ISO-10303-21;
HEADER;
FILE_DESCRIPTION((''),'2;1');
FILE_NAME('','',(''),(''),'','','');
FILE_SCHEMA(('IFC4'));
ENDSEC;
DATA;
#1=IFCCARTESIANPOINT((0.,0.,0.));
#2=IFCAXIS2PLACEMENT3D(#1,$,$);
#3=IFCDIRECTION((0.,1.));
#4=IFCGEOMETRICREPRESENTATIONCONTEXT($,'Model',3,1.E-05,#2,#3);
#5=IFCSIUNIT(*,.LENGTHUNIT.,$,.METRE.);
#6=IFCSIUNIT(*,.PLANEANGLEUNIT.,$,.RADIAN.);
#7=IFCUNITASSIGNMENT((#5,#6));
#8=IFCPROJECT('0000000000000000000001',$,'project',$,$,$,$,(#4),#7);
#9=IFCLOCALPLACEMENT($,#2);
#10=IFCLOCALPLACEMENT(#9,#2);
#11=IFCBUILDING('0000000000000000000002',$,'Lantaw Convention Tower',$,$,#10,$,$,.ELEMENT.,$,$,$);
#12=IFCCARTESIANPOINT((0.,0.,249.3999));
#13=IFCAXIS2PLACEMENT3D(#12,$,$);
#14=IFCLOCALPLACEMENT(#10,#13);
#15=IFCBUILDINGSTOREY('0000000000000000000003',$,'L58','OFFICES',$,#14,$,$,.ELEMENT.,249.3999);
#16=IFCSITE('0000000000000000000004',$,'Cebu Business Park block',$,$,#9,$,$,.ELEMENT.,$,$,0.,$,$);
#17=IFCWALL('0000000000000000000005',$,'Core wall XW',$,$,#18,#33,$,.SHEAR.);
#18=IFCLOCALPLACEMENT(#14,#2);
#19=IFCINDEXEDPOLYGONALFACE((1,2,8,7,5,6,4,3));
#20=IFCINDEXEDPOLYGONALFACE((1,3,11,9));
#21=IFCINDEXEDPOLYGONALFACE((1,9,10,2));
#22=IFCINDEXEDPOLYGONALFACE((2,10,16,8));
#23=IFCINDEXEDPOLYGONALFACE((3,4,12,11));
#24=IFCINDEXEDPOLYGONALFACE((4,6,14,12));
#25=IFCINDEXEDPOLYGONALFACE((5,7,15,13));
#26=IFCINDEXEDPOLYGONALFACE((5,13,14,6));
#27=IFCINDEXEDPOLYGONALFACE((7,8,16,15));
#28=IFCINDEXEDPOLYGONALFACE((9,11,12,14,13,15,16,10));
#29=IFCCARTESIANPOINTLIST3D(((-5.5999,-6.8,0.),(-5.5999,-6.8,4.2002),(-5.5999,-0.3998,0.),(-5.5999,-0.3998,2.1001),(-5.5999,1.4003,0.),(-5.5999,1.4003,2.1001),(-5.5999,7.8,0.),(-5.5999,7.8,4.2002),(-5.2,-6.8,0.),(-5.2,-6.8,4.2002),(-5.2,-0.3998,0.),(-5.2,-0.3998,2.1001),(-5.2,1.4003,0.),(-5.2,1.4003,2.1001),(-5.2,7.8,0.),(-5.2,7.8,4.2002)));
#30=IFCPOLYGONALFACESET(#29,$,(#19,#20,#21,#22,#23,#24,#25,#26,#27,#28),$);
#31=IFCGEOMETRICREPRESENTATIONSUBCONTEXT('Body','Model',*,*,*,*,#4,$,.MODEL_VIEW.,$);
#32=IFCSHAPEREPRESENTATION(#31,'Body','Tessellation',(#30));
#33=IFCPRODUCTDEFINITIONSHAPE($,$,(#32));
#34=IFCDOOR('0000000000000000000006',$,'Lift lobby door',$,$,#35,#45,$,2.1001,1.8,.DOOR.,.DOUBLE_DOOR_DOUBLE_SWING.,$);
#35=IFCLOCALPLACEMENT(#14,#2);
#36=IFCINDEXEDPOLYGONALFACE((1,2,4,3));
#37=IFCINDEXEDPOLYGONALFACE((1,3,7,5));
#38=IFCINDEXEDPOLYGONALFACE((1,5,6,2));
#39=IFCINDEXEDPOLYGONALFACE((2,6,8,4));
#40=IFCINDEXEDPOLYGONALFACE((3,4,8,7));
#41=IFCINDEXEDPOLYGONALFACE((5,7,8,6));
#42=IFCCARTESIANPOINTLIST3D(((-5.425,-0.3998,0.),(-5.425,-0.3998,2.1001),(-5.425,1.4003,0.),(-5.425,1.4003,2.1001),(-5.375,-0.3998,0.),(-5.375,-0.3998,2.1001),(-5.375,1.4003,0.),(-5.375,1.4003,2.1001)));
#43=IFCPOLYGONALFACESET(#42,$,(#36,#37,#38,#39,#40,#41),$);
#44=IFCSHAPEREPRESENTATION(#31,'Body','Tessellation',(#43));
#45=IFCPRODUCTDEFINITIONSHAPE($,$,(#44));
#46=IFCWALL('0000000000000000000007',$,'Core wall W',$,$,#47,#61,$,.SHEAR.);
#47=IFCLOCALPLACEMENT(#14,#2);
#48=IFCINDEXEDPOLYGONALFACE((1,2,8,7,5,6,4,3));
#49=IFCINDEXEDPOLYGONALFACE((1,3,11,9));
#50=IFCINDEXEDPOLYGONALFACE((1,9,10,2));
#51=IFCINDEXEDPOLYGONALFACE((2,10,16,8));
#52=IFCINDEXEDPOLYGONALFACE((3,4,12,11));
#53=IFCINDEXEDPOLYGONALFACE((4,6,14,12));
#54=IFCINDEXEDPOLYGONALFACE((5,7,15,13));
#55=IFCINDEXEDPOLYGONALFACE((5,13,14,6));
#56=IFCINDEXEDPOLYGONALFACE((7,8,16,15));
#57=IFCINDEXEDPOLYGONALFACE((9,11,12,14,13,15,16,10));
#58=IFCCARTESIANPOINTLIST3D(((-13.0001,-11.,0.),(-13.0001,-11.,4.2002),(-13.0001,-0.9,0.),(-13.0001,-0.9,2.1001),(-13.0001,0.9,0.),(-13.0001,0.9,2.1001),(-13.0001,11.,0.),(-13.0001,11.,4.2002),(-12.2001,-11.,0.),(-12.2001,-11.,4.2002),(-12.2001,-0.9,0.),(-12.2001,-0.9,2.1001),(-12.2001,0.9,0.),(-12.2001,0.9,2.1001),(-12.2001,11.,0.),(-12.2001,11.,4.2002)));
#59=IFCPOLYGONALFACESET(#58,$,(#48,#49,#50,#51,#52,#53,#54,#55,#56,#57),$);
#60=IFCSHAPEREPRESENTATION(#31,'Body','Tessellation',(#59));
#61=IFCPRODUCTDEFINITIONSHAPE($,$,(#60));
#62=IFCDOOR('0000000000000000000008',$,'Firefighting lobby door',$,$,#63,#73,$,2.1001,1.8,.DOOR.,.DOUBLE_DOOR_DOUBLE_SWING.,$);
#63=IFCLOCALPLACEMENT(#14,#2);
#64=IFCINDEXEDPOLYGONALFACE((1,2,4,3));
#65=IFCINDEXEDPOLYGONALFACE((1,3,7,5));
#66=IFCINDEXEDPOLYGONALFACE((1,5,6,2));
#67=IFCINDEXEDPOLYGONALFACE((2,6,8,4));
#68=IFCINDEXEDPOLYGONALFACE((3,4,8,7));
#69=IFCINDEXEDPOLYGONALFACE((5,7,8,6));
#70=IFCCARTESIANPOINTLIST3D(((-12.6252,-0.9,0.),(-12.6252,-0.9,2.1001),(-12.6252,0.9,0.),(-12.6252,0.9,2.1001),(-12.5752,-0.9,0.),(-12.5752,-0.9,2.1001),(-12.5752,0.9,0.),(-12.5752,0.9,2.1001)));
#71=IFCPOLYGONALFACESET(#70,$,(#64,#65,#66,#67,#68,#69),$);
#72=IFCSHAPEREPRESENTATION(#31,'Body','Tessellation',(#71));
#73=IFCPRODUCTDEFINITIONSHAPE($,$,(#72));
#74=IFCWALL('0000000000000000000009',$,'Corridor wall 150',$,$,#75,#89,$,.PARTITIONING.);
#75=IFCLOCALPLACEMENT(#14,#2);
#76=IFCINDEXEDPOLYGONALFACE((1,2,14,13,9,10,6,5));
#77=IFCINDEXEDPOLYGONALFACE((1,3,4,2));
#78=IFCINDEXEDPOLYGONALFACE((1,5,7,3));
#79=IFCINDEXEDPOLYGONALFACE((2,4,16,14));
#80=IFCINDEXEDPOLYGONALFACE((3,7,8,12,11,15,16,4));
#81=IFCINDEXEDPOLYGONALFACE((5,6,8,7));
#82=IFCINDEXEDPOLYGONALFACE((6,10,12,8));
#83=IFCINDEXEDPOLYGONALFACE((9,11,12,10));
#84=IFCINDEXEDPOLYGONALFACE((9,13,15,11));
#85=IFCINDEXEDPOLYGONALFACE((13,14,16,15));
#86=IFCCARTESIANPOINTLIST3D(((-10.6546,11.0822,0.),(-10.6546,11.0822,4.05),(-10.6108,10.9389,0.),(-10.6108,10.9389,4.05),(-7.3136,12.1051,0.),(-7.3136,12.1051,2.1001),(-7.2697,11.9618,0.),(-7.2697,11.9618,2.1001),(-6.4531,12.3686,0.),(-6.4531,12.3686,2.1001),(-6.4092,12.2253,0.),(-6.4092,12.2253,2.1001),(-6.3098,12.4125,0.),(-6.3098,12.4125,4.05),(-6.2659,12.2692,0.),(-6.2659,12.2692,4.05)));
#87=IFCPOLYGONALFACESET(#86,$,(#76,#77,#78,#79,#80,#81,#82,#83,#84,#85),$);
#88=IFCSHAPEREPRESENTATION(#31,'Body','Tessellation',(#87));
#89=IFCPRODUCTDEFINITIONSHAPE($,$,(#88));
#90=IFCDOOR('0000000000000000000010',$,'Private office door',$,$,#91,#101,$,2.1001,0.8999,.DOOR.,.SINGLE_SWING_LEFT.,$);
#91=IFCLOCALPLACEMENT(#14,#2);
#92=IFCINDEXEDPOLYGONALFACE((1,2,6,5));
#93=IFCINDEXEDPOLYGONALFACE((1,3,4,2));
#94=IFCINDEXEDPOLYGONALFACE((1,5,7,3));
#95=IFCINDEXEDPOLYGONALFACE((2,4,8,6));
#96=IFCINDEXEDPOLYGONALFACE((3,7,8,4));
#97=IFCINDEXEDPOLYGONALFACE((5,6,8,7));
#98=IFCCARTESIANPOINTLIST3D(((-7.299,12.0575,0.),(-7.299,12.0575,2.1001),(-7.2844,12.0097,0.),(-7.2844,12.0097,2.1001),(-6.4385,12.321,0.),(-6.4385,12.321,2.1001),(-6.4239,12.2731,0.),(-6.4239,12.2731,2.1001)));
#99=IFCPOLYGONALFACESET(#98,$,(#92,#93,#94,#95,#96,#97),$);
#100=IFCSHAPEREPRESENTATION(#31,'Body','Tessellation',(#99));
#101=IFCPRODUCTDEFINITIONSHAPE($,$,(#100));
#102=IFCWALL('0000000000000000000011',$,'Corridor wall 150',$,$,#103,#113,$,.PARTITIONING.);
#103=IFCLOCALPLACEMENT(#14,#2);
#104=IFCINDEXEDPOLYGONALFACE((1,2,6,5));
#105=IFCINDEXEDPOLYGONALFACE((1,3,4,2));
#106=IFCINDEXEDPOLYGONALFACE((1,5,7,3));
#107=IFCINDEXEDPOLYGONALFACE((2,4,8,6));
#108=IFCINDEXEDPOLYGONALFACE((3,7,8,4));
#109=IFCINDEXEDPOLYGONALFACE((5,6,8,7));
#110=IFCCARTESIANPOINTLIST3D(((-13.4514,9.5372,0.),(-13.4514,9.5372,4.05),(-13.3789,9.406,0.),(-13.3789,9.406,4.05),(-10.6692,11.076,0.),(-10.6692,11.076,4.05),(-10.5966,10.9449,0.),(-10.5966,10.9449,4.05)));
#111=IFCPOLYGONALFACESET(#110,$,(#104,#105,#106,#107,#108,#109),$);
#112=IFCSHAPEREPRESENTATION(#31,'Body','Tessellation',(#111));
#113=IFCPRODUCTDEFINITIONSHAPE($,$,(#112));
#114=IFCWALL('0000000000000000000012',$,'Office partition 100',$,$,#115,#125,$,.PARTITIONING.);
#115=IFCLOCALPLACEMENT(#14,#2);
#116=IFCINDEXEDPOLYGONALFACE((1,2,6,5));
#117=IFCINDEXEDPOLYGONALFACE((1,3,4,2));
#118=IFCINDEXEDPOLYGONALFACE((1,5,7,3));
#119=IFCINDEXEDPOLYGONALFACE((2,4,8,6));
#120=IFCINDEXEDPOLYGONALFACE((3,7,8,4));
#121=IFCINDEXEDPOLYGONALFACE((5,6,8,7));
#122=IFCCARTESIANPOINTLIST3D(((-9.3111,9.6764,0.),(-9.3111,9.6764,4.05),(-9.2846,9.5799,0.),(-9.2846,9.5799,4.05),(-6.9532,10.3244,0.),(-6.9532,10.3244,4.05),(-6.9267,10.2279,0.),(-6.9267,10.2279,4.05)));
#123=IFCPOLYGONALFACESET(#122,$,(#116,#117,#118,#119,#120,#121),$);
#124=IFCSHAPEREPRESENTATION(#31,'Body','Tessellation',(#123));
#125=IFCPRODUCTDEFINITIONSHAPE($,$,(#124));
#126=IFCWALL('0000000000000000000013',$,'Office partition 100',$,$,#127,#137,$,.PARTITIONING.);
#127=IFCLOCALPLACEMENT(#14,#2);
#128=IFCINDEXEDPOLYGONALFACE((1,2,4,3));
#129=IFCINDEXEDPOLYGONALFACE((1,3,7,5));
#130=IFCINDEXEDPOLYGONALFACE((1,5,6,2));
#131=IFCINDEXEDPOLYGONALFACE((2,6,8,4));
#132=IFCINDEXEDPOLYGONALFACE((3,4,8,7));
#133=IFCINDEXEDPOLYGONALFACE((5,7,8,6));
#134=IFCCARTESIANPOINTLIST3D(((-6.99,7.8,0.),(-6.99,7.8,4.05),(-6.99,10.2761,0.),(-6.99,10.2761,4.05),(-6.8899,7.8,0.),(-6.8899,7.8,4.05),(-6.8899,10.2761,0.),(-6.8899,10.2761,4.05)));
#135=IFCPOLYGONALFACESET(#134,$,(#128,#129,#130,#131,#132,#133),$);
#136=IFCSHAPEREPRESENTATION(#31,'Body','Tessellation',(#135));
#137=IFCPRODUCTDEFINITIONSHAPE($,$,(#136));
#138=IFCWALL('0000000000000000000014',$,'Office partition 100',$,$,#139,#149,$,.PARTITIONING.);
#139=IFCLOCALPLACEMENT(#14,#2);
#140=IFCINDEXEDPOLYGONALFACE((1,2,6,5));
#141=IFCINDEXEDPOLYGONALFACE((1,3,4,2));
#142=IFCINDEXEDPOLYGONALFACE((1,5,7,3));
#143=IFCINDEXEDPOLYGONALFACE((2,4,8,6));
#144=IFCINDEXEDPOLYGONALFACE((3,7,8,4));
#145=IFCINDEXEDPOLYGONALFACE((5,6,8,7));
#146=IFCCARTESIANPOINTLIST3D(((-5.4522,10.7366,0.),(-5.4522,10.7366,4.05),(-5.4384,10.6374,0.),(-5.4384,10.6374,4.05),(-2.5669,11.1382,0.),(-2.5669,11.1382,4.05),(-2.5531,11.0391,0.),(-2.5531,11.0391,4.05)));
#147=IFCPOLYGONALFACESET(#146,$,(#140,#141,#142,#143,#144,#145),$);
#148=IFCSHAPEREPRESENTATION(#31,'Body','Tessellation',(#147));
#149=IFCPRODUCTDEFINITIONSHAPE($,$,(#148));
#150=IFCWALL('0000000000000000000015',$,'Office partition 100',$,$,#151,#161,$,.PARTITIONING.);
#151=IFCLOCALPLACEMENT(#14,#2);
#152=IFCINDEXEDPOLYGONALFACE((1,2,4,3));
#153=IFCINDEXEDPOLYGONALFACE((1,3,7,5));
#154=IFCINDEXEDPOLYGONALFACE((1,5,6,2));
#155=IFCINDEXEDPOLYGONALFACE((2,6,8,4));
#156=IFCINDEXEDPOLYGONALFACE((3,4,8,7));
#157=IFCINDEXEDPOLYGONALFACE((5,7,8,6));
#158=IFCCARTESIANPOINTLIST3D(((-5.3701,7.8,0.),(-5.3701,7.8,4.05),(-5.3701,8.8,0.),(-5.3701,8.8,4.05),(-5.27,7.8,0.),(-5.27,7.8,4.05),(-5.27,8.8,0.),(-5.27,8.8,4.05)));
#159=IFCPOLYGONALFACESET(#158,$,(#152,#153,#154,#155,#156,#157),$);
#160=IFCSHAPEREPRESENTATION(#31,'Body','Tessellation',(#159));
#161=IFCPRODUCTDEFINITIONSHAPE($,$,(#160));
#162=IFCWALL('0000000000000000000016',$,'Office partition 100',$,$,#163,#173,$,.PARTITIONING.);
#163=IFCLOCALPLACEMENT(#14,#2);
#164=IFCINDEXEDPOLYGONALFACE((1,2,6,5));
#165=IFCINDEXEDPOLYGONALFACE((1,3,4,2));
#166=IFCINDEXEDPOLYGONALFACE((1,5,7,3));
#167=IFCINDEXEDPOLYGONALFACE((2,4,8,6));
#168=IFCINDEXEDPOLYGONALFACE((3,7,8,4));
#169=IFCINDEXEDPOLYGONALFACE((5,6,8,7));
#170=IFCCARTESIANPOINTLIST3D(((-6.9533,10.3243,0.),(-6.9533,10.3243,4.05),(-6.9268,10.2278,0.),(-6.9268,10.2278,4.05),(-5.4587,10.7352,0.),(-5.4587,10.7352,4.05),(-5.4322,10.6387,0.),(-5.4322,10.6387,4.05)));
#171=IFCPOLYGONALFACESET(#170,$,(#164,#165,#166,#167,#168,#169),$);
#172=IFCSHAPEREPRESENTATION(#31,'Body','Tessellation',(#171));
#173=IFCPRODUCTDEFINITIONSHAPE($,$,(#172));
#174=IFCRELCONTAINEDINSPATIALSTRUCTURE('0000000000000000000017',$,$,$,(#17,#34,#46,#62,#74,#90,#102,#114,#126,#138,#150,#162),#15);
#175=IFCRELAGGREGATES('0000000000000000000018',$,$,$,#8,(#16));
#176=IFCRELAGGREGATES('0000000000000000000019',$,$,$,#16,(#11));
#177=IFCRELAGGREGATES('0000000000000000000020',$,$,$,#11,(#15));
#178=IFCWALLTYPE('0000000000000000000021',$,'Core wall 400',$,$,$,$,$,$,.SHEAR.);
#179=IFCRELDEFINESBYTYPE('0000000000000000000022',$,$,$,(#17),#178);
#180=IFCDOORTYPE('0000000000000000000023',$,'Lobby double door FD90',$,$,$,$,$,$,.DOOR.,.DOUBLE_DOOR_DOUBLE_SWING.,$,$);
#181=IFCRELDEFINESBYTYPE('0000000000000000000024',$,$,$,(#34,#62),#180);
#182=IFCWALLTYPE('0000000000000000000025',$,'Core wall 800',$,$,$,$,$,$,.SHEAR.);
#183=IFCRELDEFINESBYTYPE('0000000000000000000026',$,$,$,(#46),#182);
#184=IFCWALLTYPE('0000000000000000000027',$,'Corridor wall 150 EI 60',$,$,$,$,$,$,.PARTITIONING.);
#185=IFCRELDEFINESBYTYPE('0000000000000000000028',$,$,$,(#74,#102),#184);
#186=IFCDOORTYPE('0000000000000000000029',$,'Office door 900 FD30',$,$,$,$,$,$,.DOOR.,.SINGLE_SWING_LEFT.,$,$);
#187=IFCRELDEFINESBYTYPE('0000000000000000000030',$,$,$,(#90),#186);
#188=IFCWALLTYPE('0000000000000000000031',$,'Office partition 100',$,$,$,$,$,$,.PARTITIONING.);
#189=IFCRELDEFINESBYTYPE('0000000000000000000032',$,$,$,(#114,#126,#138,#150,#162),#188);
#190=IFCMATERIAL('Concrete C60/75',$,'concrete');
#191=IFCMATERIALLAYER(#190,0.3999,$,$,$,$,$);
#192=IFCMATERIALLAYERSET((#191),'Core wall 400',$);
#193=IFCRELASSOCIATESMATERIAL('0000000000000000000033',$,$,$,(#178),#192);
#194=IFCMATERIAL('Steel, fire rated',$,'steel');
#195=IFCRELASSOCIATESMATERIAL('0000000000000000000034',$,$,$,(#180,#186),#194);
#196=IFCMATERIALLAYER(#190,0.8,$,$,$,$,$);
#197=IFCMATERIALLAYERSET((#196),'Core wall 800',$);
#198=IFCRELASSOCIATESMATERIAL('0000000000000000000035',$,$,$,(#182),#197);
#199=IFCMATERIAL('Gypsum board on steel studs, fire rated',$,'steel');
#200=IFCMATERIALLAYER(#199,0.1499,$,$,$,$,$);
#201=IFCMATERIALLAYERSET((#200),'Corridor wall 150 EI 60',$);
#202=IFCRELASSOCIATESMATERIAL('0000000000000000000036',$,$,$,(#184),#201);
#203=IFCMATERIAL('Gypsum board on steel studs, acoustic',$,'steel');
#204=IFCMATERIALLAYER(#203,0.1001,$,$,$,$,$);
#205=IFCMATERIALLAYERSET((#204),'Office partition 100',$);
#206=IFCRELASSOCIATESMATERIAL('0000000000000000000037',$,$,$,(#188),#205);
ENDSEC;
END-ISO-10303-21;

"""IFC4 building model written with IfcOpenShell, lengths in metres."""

from ifc_helpers import new_model, si_unit, direction, frame, frame_2d, origin, place, context, subcontext, project, spatial, rectangle, extrude, material, layer, layer_set, type_object, element, fill, save


model = new_model("IFC4")

# Units and contexts
model_context = context("Model", 3, precision=1e-05, world=origin(), true_north=direction((0.0, 1.0)))
body_context = subcontext(model_context, "Body", "Model", "MODEL_VIEW")
ifc_project = project(units=[si_unit("LENGTHUNIT", "METRE"), si_unit("PLANEANGLEUNIT", "RADIAN")], contexts=[model_context])

# Site, building, storey
site_placement = place(None, origin())
site = spatial("IfcSite", under=ifc_project, at=site_placement, Name="Cebu Business Park block", CompositionType="ELEMENT", RefElevation=0.0)
building_placement = place(site_placement, origin())
building = spatial("IfcBuilding", under=site, at=building_placement, Name="Lantaw Convention Tower", CompositionType="ELEMENT")
storey_placement = place(building_placement, frame((0.0, 0.0, 249.3999)))
storey = spatial("IfcBuildingStorey", under=building, at=storey_placement, Name="L58", Description="OFFICES", CompositionType="ELEMENT", Elevation=249.3999)

# Shared definitions
ifc_material_1 = material(Name="Concrete C60/75", Category="concrete")

# Walls, openings, doors
ifc_layer_1 = layer(ifc_material_1, 0.3999)
ifc_layer_set_1 = layer_set([ifc_layer_1], Name="Core wall 400")
wall_type_1 = type_object("IfcWallType", Name="Core wall 400", PredefinedType="SHEAR", material=ifc_layer_set_1)
wall_1_placement = place(storey_placement, frame((-5.3999, 7.8, 0.0), z_axis=(0.0, 0.0, 1.0), x_axis=(0.0, -1.0, 0.0)))
wall_1 = element("IfcWall", 1, at=wall_1_placement, inside=storey, type_object=wall_type_1, Name="Core wall XW", PredefinedType="SHEAR", context=body_context, shape_type="SweptSolid", body=[
    extrude(rectangle(XDim=14.6001, YDim=0.3999, at=frame_2d((7.3, 0.0))), origin(), (0.0, 0.0, 1.0), 4.2002),
])
opening_1_placement = place(wall_1_placement, frame((6.3999, 0.0, 0.0)))
opening_1 = element("IfcOpeningElement", 2, at=opening_1_placement, cuts=wall_1, PredefinedType="OPENING", context=body_context, shape_type="SweptSolid", body=[
    extrude(rectangle(XDim=1.8, YDim=2.1001, at=frame_2d((0.8999, 1.05))), frame((0.0, 0.21, 0.0), z_axis=(0.0, -1.0, 0.0), x_axis=(1.0, 0.0, 0.0)), (0.0, 0.0, 1.0), 0.4199),
])
ifc_material_2 = material(Name="Steel, fire rated", Category="steel")
door_type_1 = type_object("IfcDoorType", Name="Lobby double door FD90", OperationType="DOUBLE_DOOR_DOUBLE_SWING", PredefinedType="DOOR", material=ifc_material_2)
door_1_placement = place(opening_1_placement, origin())
door_1 = element("IfcDoor", 3, at=door_1_placement, inside=storey, type_object=door_type_1, Name="Lift lobby door", OperationType="DOUBLE_DOOR_DOUBLE_SWING", OverallHeight=2.1001, OverallWidth=1.8, PredefinedType="DOOR", context=body_context, shape_type="SweptSolid", body=[
    extrude(rectangle(XDim=1.8, YDim=2.1001, at=frame_2d((0.8999, 1.05))), frame((0.0, 0.0249, 0.0), z_axis=(0.0, -1.0, 0.0), x_axis=(1.0, 0.0, 0.0)), (0.0, 0.0, 1.0), 0.05),
])
fill(opening_1, door_1)
ifc_layer_2 = layer(ifc_material_1, 0.8)
ifc_layer_set_2 = layer_set([ifc_layer_2], Name="Core wall 800")
wall_type_2 = type_object("IfcWallType", Name="Core wall 800", PredefinedType="SHEAR", material=ifc_layer_set_2)
wall_2_placement = place(storey_placement, frame((-12.6001, 11.0, 0.0), z_axis=(0.0, 0.0, 1.0), x_axis=(0.0, -1.0, 0.0)))
wall_2 = element("IfcWall", 4, at=wall_2_placement, inside=storey, type_object=wall_type_2, Name="Core wall W", PredefinedType="SHEAR", context=body_context, shape_type="SweptSolid", body=[
    extrude(rectangle(XDim=22.0, YDim=0.8, at=frame_2d((11.0, 0.0))), origin(), (0.0, 0.0, 1.0), 4.2002),
])
opening_2_placement = place(wall_2_placement, frame((10.1001, 0.0, 0.0)))
opening_2 = element("IfcOpeningElement", 5, at=opening_2_placement, cuts=wall_2, PredefinedType="OPENING", context=body_context, shape_type="SweptSolid", body=[
    extrude(rectangle(XDim=1.8, YDim=2.1001, at=frame_2d((0.8999, 1.05))), frame((0.0, 0.4099, 0.0), z_axis=(0.0, -1.0, 0.0), x_axis=(1.0, 0.0, 0.0)), (0.0, 0.0, 1.0), 0.8201),
])
door_2_placement = place(opening_2_placement, origin())
door_2 = element("IfcDoor", 6, at=door_2_placement, inside=storey, type_object=door_type_1, Name="Firefighting lobby door", OperationType="DOUBLE_DOOR_DOUBLE_SWING", OverallHeight=2.1001, OverallWidth=1.8, PredefinedType="DOOR", context=body_context, shape_type="SweptSolid", body=[
    extrude(rectangle(XDim=1.8, YDim=2.1001, at=frame_2d((0.8999, 1.05))), frame((0.0, 0.0249, 0.0), z_axis=(0.0, -1.0, 0.0), x_axis=(1.0, 0.0, 0.0)), (0.0, 0.0, 1.0), 0.05),
])
fill(opening_2, door_2)
ifc_material_3 = material(Name="Gypsum board on steel studs, fire rated", Category="steel")
ifc_layer_3 = layer(ifc_material_3, 0.1499)
ifc_layer_set_3 = layer_set([ifc_layer_3], Name="Corridor wall 150 EI 60")
wall_type_3 = type_object("IfcWallType", Name="Corridor wall 150 EI 60", PredefinedType="PARTITIONING", material=ifc_layer_set_3)
wall_3_placement = place(storey_placement, frame((-6.2878, 12.3408, 0.0), z_axis=(0.0, 0.0, 1.0), x_axis=(-0.956186, -0.29276, 0.0)))
wall_3 = element("IfcWall", 7, at=wall_3_placement, inside=storey, type_object=wall_type_3, Name="Corridor wall 150", PredefinedType="PARTITIONING", context=body_context, shape_type="SweptSolid", body=[
    extrude(rectangle(XDim=4.5439, YDim=0.1499, at=frame_2d((2.272, 0.0))), origin(), (0.0, 0.0, 1.0), 4.05),
])
opening_3_placement = place(wall_3_placement, frame((0.1499, 0.0, 0.0)))
opening_3 = element("IfcOpeningElement", 8, at=opening_3_placement, cuts=wall_3, PredefinedType="OPENING", context=body_context, shape_type="SweptSolid", body=[
    extrude(rectangle(XDim=0.8999, YDim=2.1001, at=frame_2d((0.45, 1.05))), frame((0.0, 0.085, 0.0), z_axis=(0.0, -1.0, 0.0), x_axis=(1.0, 0.0, 0.0)), (0.0, 0.0, 1.0), 0.1699),
])
door_type_2 = type_object("IfcDoorType", Name="Office door 900 FD30", OperationType="SINGLE_SWING_LEFT", PredefinedType="DOOR", material=ifc_material_2)
door_3_placement = place(opening_3_placement, origin())
door_3 = element("IfcDoor", 9, at=door_3_placement, inside=storey, type_object=door_type_2, Name="Private office door", OperationType="SINGLE_SWING_LEFT", OverallHeight=2.1001, OverallWidth=0.8999, PredefinedType="DOOR", context=body_context, shape_type="SweptSolid", body=[
    extrude(rectangle(XDim=0.8999, YDim=2.1001, at=frame_2d((0.45, 1.05))), frame((0.0, 0.0249, 0.0), z_axis=(0.0, -1.0, 0.0), x_axis=(1.0, 0.0, 0.0)), (0.0, 0.0, 1.0), 0.05),
])
fill(opening_3, door_3)

# Walls
wall_4_placement = place(storey_placement, frame((-10.6328, 11.0105, 0.0), z_axis=(0.0, 0.0, 1.0), x_axis=(-0.875072, -0.483993, 0.0)))
element("IfcWall", 10, at=wall_4_placement, inside=storey, type_object=wall_type_3, Name="Corridor wall 150", PredefinedType="PARTITIONING", context=body_context, shape_type="SweptSolid", body=[
    extrude(rectangle(XDim=3.1794, YDim=0.1499, at=frame_2d((1.5898, 0.0))), origin(), (0.0, 0.0, 1.0), 4.05),
])
ifc_material_4 = material(Name="Gypsum board on steel studs, acoustic", Category="steel")
ifc_layer_4 = layer(ifc_material_4, 0.1001)
ifc_layer_set_4 = layer_set([ifc_layer_4], Name="Office partition 100")
wall_type_4 = type_object("IfcWallType", Name="Office partition 100", PredefinedType="PARTITIONING", material=ifc_layer_set_4)
wall_5_placement = place(storey_placement, frame((-9.2979, 9.6282, 0.0), z_axis=(0.0, 0.0, 1.0), x_axis=(0.964255, 0.264975, 0.0)))
element("IfcWall", 11, at=wall_5_placement, inside=storey, type_object=wall_type_4, Name="Office partition 100", PredefinedType="PARTITIONING", context=body_context, shape_type="SweptSolid", body=[
    extrude(rectangle(XDim=2.4453, YDim=0.1001, at=frame_2d((1.2227, 0.0))), origin(), (0.0, 0.0, 1.0), 4.05),
])
wall_6_placement = place(storey_placement, frame((-6.9399, 10.2761, 0.0), z_axis=(0.0, 0.0, 1.0), x_axis=(0.0, -1.0, 0.0)))
element("IfcWall", 12, at=wall_6_placement, inside=storey, type_object=wall_type_4, Name="Office partition 100", PredefinedType="PARTITIONING", context=body_context, shape_type="SweptSolid", body=[
    extrude(rectangle(XDim=2.4761, YDim=0.1001, at=frame_2d((1.238, 0.0))), origin(), (0.0, 0.0, 1.0), 4.05),
])
wall_7_placement = place(storey_placement, frame((-5.4453, 10.687, 0.0), z_axis=(0.0, 0.0, 1.0), x_axis=(0.990451, 0.137865, 0.0)))
element("IfcWall", 13, at=wall_7_placement, inside=storey, type_object=wall_type_4, Name="Office partition 100", PredefinedType="PARTITIONING", context=body_context, shape_type="SweptSolid", body=[
    extrude(rectangle(XDim=2.9131, YDim=0.1001, at=frame_2d((1.4565, 0.0))), origin(), (0.0, 0.0, 1.0), 4.05),
])
wall_8_placement = place(storey_placement, frame((-5.3201, 8.8, 0.0), z_axis=(0.0, 0.0, 1.0), x_axis=(0.0, -1.0, 0.0)))
element("IfcWall", 14, at=wall_8_placement, inside=storey, type_object=wall_type_4, Name="Office partition 100", PredefinedType="PARTITIONING", context=body_context, shape_type="SweptSolid", body=[
    extrude(rectangle(XDim=1.0, YDim=0.1001, at=frame_2d((0.5, 0.0))), origin(), (0.0, 0.0, 1.0), 4.05),
])
wall_9_placement = place(storey_placement, frame((-6.9399, 10.2761, 0.0), z_axis=(0.0, 0.0, 1.0), x_axis=(0.964228, 0.265076, 0.0)))
element("IfcWall", 15, at=wall_9_placement, inside=storey, type_object=wall_type_4, Name="Office partition 100", PredefinedType="PARTITIONING", context=body_context, shape_type="SweptSolid", body=[
    extrude(rectangle(XDim=1.55, YDim=0.1001, at=frame_2d((0.7749, 0.0))), origin(), (0.0, 0.0, 1.0), 4.05),
])

save(model, "model.ifc")
